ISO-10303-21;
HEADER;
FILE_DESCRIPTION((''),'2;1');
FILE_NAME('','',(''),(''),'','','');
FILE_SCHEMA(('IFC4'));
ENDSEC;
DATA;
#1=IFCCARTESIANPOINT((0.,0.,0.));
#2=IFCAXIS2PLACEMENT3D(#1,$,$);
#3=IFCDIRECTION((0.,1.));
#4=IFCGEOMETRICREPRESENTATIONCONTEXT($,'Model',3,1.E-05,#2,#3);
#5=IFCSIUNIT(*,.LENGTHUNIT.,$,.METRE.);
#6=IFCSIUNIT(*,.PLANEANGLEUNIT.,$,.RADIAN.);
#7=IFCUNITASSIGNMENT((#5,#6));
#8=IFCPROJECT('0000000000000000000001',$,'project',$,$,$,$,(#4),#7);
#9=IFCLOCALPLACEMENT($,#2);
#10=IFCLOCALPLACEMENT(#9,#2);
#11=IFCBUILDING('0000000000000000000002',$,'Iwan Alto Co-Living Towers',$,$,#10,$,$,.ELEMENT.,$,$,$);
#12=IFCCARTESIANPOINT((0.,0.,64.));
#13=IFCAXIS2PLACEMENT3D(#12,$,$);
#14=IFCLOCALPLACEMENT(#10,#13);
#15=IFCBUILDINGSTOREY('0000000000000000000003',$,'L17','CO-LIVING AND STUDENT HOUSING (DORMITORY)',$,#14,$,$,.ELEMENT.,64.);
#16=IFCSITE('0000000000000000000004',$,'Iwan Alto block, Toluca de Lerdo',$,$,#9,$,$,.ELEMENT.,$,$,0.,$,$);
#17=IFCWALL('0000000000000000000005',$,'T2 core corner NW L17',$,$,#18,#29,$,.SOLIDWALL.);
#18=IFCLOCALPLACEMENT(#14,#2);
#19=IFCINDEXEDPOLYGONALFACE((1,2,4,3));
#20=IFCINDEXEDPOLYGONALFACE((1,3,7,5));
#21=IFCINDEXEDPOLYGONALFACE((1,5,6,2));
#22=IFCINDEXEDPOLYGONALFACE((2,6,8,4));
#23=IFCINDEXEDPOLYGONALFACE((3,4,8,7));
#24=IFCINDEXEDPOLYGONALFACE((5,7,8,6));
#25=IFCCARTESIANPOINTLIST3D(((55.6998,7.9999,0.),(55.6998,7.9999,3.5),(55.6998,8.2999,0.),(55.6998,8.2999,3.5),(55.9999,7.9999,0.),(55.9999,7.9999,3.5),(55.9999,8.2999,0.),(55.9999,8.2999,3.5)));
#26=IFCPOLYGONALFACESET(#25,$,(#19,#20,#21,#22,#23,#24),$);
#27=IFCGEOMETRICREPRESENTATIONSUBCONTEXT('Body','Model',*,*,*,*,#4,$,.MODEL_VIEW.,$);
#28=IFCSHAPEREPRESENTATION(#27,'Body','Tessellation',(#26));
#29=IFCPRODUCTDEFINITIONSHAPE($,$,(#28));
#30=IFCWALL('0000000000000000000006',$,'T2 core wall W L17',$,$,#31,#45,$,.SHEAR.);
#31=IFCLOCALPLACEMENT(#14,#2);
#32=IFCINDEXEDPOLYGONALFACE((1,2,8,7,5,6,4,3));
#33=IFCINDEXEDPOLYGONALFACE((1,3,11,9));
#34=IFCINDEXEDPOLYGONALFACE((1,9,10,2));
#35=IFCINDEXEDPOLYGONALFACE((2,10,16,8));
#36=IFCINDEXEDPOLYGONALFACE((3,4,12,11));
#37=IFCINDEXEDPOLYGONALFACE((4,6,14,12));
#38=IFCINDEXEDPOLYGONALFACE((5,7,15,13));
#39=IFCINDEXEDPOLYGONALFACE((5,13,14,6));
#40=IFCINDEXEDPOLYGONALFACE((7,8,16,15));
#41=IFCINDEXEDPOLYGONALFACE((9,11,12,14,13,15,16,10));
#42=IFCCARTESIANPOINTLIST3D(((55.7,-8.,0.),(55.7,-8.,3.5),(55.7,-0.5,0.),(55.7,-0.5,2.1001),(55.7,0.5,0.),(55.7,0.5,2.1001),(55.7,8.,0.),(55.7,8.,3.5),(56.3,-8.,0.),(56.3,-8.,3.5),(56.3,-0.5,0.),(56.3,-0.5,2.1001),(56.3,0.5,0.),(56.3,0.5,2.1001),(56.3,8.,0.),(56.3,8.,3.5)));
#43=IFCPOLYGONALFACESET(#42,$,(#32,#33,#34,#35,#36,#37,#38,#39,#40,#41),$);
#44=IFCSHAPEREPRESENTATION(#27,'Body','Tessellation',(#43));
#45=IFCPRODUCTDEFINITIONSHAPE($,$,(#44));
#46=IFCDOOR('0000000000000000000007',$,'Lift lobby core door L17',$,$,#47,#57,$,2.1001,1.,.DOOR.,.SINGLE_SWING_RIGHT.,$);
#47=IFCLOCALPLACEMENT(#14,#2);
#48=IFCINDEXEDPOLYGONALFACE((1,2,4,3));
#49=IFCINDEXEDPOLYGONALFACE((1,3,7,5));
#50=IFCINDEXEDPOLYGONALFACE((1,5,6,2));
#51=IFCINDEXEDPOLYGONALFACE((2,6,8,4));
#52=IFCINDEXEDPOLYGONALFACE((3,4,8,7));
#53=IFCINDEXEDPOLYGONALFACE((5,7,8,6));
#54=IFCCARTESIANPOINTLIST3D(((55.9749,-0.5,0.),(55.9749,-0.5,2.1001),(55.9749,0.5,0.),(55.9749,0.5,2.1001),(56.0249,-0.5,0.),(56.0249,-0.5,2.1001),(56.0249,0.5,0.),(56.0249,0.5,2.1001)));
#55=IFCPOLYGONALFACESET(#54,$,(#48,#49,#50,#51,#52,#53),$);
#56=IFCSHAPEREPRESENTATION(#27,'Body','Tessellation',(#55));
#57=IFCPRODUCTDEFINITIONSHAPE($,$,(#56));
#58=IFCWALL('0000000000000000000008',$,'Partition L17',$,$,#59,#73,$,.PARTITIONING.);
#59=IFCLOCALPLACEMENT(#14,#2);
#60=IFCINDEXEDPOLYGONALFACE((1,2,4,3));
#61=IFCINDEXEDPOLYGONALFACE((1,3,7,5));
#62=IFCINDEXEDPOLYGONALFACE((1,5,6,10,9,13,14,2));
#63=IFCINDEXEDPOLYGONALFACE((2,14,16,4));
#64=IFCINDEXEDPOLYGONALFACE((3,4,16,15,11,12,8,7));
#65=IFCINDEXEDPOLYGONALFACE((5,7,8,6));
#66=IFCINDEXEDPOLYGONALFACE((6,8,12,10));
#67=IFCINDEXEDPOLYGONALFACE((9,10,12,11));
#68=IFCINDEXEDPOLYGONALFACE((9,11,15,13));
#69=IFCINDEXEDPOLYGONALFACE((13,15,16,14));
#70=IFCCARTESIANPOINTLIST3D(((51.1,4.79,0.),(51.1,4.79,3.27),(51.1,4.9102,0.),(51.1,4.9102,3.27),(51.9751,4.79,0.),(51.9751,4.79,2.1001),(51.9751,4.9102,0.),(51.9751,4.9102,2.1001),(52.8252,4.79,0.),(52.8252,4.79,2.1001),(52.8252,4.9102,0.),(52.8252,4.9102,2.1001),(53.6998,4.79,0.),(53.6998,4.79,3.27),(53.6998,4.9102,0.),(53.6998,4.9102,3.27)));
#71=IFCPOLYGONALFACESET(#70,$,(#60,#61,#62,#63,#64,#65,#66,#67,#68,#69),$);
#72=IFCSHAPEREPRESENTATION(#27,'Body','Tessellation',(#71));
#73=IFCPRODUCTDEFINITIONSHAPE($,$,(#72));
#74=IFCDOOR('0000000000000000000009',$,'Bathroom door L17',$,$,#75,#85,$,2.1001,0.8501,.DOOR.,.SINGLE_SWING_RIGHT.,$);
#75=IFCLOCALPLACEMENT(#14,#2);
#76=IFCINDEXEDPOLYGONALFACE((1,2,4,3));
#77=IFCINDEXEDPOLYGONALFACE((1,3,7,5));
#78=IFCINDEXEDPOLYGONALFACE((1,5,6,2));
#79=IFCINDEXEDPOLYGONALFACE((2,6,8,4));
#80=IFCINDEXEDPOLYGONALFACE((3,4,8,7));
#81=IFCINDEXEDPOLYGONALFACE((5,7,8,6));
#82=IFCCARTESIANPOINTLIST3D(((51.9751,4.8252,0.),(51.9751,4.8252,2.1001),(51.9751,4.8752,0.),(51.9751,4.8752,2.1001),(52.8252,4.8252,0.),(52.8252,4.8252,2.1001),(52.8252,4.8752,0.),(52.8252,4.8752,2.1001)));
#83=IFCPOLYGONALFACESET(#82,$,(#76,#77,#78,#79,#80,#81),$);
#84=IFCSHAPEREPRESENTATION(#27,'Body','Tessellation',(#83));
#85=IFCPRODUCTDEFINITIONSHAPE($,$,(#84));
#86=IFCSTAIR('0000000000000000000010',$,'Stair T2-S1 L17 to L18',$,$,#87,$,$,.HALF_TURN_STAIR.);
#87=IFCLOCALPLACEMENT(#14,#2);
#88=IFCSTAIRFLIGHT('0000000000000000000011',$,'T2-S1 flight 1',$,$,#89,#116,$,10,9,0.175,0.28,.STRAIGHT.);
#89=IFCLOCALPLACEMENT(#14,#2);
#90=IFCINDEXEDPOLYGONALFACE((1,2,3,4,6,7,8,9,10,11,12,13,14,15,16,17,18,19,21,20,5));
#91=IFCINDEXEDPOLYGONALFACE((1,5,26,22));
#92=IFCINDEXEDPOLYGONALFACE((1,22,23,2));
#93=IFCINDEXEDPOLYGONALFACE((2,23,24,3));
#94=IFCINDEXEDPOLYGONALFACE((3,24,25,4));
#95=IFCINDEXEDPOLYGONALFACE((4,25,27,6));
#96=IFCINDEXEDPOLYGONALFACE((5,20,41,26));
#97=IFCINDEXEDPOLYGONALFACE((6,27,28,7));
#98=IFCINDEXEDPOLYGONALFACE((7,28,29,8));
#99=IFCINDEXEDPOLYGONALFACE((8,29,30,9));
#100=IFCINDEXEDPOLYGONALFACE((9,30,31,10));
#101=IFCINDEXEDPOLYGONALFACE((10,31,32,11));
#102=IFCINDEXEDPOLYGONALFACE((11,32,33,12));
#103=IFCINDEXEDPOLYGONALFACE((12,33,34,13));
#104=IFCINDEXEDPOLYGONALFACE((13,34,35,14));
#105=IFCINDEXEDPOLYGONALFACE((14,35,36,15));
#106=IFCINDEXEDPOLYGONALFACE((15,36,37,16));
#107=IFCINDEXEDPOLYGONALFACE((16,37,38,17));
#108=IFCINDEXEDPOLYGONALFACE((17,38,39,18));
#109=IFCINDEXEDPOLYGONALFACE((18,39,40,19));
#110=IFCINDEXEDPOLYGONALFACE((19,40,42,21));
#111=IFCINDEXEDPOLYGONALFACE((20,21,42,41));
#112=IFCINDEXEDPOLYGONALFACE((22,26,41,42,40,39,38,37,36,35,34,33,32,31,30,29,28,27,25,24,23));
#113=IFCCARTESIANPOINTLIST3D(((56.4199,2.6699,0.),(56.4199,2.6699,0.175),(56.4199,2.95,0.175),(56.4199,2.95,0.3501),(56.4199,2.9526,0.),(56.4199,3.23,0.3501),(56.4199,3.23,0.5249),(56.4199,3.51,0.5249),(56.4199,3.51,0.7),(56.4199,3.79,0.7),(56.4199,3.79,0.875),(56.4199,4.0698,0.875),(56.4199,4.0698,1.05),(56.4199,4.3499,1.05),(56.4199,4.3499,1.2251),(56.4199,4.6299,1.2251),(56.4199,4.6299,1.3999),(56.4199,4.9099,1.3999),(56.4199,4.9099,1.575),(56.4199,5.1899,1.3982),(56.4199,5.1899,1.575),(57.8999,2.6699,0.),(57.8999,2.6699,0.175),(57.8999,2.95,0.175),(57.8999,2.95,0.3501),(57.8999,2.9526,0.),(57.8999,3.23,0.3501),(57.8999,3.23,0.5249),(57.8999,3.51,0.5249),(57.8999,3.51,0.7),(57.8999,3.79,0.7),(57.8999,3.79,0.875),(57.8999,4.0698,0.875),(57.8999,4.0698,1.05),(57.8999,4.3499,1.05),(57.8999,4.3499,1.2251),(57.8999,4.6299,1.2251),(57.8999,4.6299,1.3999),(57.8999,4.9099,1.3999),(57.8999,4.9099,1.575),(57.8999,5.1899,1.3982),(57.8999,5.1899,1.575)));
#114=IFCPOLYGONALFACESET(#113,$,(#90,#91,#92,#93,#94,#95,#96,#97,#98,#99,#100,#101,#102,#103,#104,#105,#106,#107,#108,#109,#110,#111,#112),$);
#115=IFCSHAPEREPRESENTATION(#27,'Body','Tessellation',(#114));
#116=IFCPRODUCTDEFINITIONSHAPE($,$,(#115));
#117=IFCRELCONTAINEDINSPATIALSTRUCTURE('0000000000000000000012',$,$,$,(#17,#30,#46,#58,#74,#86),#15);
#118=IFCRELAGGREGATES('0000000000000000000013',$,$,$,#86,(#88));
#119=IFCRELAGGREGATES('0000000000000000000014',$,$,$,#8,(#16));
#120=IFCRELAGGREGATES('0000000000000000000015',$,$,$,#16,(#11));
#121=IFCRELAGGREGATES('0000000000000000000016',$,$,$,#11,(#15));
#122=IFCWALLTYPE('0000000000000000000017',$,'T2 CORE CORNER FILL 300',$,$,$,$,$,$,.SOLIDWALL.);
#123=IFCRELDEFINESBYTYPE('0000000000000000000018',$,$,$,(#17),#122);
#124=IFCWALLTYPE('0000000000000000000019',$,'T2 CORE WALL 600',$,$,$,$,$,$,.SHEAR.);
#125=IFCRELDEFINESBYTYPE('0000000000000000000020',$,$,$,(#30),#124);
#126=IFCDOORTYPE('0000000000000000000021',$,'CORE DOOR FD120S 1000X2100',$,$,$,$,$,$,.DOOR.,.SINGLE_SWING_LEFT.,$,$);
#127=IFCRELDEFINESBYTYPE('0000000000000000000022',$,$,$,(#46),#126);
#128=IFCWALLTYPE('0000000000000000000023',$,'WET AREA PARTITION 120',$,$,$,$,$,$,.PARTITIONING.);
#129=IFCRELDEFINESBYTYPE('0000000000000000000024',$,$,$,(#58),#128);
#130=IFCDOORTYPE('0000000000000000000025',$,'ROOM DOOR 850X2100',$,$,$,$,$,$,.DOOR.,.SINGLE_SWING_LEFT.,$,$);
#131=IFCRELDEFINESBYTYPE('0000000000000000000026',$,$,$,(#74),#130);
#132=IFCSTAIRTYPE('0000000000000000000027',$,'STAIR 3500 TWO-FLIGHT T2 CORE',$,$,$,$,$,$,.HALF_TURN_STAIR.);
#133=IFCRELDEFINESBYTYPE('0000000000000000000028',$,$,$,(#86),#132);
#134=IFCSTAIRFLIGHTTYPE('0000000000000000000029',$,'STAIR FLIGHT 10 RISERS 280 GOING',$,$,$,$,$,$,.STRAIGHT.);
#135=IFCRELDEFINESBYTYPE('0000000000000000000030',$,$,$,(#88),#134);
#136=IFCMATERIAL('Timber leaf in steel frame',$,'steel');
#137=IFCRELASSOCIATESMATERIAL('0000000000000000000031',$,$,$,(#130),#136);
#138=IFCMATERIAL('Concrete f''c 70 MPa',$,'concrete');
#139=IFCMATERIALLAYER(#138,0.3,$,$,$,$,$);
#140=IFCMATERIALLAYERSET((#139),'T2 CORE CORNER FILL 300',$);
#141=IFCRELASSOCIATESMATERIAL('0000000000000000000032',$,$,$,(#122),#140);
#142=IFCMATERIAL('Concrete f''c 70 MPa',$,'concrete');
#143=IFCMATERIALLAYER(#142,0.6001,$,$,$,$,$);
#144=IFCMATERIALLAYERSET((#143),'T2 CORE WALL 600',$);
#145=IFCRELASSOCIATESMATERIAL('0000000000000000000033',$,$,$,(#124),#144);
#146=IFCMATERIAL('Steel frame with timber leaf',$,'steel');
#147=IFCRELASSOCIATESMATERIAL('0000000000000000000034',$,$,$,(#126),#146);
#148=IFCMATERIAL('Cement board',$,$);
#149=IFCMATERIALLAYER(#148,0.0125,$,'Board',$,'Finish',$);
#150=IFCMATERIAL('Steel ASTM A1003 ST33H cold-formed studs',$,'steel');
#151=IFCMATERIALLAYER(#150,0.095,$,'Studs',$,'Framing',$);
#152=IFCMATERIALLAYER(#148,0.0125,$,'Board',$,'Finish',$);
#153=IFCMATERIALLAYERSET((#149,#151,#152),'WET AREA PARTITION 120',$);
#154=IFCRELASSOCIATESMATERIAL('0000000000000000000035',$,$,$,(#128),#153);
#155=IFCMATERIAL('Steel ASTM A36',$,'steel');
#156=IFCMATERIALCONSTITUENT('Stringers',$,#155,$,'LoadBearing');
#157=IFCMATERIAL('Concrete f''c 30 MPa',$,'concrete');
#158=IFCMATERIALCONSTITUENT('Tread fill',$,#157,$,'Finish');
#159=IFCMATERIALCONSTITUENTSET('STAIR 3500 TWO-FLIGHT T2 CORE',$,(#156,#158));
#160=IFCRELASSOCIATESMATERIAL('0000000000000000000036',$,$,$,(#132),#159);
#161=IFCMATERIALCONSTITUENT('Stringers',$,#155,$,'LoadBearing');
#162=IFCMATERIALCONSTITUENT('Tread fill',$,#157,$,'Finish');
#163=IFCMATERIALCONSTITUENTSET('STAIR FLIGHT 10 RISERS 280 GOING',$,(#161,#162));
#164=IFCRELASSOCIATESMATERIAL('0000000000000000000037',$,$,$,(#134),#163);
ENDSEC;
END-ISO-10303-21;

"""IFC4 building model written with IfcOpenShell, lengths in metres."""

from ifc_helpers import new_model, si_unit, direction, frame, frame_2d, origin, place, context, subcontext, project, spatial, polyline, rectangle, outline, extrude, material, layer, layer_set, constituent, constituent_set, type_object, element, fill, aggregate, save


model = new_model("IFC4")

# Units and contexts
model_context = context("Model", 3, precision=1e-05, world=origin(), true_north=direction((0.0, 1.0)))
body_context = subcontext(model_context, "Body", "Model", "MODEL_VIEW")
ifc_project = project(units=[si_unit("LENGTHUNIT", "METRE"), si_unit("PLANEANGLEUNIT", "RADIAN")], contexts=[model_context])

# Site, building, storey
site_placement = place(None, origin())
site = spatial("IfcSite", under=ifc_project, at=site_placement, Name="Iwan Alto block, Toluca de Lerdo", CompositionType="ELEMENT", RefElevation=0.0)
building_placement = place(site_placement, origin())
building = spatial("IfcBuilding", under=site, at=building_placement, Name="Iwan Alto Co-Living Towers", CompositionType="ELEMENT")
storey_placement = place(building_placement, frame((0.0, 0.0, 64.0)))
storey = spatial("IfcBuildingStorey", under=building, at=storey_placement, Name="L17", Description="CO-LIVING AND STUDENT HOUSING (DORMITORY)", CompositionType="ELEMENT", Elevation=64.0)

# Shared definitions
ifc_material_1 = material(Name="Steel ASTM A1003 ST33H cold-formed studs", Category="steel")

# Shared definitions
ifc_material_2 = material(Name="Timber leaf in steel frame", Category="steel")
door_type_1 = type_object("IfcDoorType", Name="ROOM DOOR 850X2100", OperationType="SINGLE_SWING_LEFT", PredefinedType="DOOR", material=ifc_material_2)

# Wall
ifc_material_3 = material(Name="Concrete f'c 70 MPa", Category="concrete")
ifc_layer_1 = layer(ifc_material_3, 0.3)
ifc_layer_set_1 = layer_set([ifc_layer_1], Name="T2 CORE CORNER FILL 300")
wall_type_1 = type_object("IfcWallType", Name="T2 CORE CORNER FILL 300", PredefinedType="SOLIDWALL", material=ifc_layer_set_1)
wall_1_placement = place(storey_placement, frame((55.7, 8.1499, 0.0), z_axis=(0.0, 0.0, 1.0), x_axis=(1.0, 0.0, 0.0)))
element("IfcWall", 1, at=wall_1_placement, inside=storey, type_object=wall_type_1, Name="T2 core corner NW L17", PredefinedType="SOLIDWALL", context=body_context, shape_type="SweptSolid", body=[
    extrude(rectangle(XDim=0.3, YDim=0.3, at=frame_2d((0.1499, 0.0))), origin(), (0.0, 0.0, 1.0), 3.5),
])

# Walls, openings, doors
ifc_material_4 = material(Name="Concrete f'c 70 MPa", Category="concrete")
ifc_layer_2 = layer(ifc_material_4, 0.6001)
ifc_layer_set_2 = layer_set([ifc_layer_2], Name="T2 CORE WALL 600")
wall_type_2 = type_object("IfcWallType", Name="T2 CORE WALL 600", PredefinedType="SHEAR", material=ifc_layer_set_2)
wall_2_placement = place(storey_placement, frame((56.0, 8.0, 0.0), z_axis=(0.0, 0.0, 1.0), x_axis=(0.0, -1.0, 0.0)))
wall_2 = element("IfcWall", 2, at=wall_2_placement, inside=storey, type_object=wall_type_2, Name="T2 core wall W L17", PredefinedType="SHEAR", context=body_context, shape_type="SweptSolid", body=[
    extrude(rectangle(XDim=16.0, YDim=0.6001, at=frame_2d((8.0, 0.0))), origin(), (0.0, 0.0, 1.0), 3.5),
])
opening_1_placement = place(wall_2_placement, frame((7.5, 0.0, 0.0)))
opening_1 = element("IfcOpeningElement", 3, at=opening_1_placement, cuts=wall_2, PredefinedType="OPENING", context=body_context, shape_type="SweptSolid", body=[
    extrude(rectangle(XDim=1.0, YDim=2.1001, at=frame_2d((0.5, 1.05))), frame((0.0, 0.3101, 0.0), z_axis=(0.0, -1.0, 0.0), x_axis=(1.0, 0.0, 0.0)), (0.0, 0.0, 1.0), 0.6201),
])
ifc_material_5 = material(Name="Steel frame with timber leaf", Category="steel")
door_type_2 = type_object("IfcDoorType", Name="CORE DOOR FD120S 1000X2100", OperationType="SINGLE_SWING_LEFT", PredefinedType="DOOR", material=ifc_material_5)
door_1_placement = place(opening_1_placement, origin())
door_1 = element("IfcDoor", 4, at=door_1_placement, inside=storey, type_object=door_type_2, Name="Lift lobby core door L17", OperationType="SINGLE_SWING_RIGHT", OverallHeight=2.1001, OverallWidth=1.0, PredefinedType="DOOR", context=body_context, shape_type="SweptSolid", body=[
    extrude(rectangle(XDim=1.0, YDim=2.1001, at=frame_2d((0.5, 1.05))), frame((0.0, 0.0249, 0.0), z_axis=(0.0, -1.0, 0.0), x_axis=(1.0, 0.0, 0.0)), (0.0, 0.0, 1.0), 0.05),
])
fill(opening_1, door_1)
ifc_material_6 = material(Name="Cement board")
ifc_layer_3 = layer(ifc_material_6, 0.0125, Name="Board", Category="Finish")
ifc_layer_4 = layer(ifc_material_1, 0.095, Name="Studs", Category="Framing")
ifc_layer_5 = layer(ifc_material_6, 0.0125, Name="Board", Category="Finish")
ifc_layer_set_3 = layer_set([ifc_layer_3, ifc_layer_4, ifc_layer_5], Name="WET AREA PARTITION 120")
wall_type_3 = type_object("IfcWallType", Name="WET AREA PARTITION 120", PredefinedType="PARTITIONING", material=ifc_layer_set_3)
wall_3_placement = place(storey_placement, frame((51.1001, 4.8501, 0.0), z_axis=(0.0, 0.0, 1.0), x_axis=(1.0, 0.0, 0.0)))
wall_3 = element("IfcWall", 5, at=wall_3_placement, inside=storey, type_object=wall_type_3, Name="Partition L17", PredefinedType="PARTITIONING", context=body_context, shape_type="SweptSolid", body=[
    extrude(rectangle(XDim=2.5999, YDim=0.1201, at=frame_2d((1.2998, 0.0))), origin(), (0.0, 0.0, 1.0), 3.27),
])
opening_2_placement = place(wall_3_placement, frame((0.875, 0.0, 0.0)))
opening_2 = element("IfcOpeningElement", 6, at=opening_2_placement, cuts=wall_3, PredefinedType="OPENING", context=body_context, shape_type="SweptSolid", body=[
    extrude(rectangle(XDim=0.8501, YDim=2.1001, at=frame_2d((0.425, 1.05))), frame((0.0, 0.0701, 0.0), z_axis=(0.0, -1.0, 0.0), x_axis=(1.0, 0.0, 0.0)), (0.0, 0.0, 1.0), 0.1401),
])
door_2_placement = place(opening_2_placement, frame((0.8501, 0.0, 0.0), z_axis=(0.0, 0.0, 1.0), x_axis=(-1.0, 0.0, 0.0)))
door_2 = element("IfcDoor", 7, at=door_2_placement, inside=storey, type_object=door_type_1, Name="Bathroom door L17", OperationType="SINGLE_SWING_RIGHT", OverallHeight=2.1001, OverallWidth=0.8501, PredefinedType="DOOR", context=body_context, shape_type="SweptSolid", body=[
    extrude(rectangle(XDim=0.8501, YDim=2.1001, at=frame_2d((0.425, 1.05))), frame((0.0, 0.0249, 0.0), z_axis=(0.0, -1.0, 0.0), x_axis=(1.0, 0.0, 0.0)), (0.0, 0.0, 1.0), 0.05),
])
fill(opening_2, door_2)

# Stair, stair flight
ifc_material_7 = material(Name="Steel ASTM A36", Category="steel")
ifc_constituent_1 = constituent(ifc_material_7, Name="Stringers", Category="LoadBearing")
ifc_material_8 = material(Name="Concrete f'c 30 MPa", Category="concrete")
ifc_constituent_2 = constituent(ifc_material_8, Name="Tread fill", Category="Finish")
ifc_constituent_set_1 = constituent_set(constituents=[ifc_constituent_1, ifc_constituent_2], Name="STAIR 3500 TWO-FLIGHT T2 CORE")
stair_type = type_object("IfcStairType", Name="STAIR 3500 TWO-FLIGHT T2 CORE", PredefinedType="HALF_TURN_STAIR", material=ifc_constituent_set_1)
stair_placement = place(storey_placement, origin())
stair = element("IfcStair", 8, at=stair_placement, inside=storey, type_object=stair_type, Name="Stair T2-S1 L17 to L18", PredefinedType="HALF_TURN_STAIR")
ifc_constituent_3 = constituent(ifc_material_7, Name="Stringers", Category="LoadBearing")
ifc_constituent_4 = constituent(ifc_material_8, Name="Tread fill", Category="Finish")
ifc_constituent_set_2 = constituent_set(constituents=[ifc_constituent_3, ifc_constituent_4], Name="STAIR FLIGHT 10 RISERS 280 GOING")
stair_flight_type = type_object("IfcStairFlightType", Name="STAIR FLIGHT 10 RISERS 280 GOING", PredefinedType="STRAIGHT", material=ifc_constituent_set_2)
stair_flight_placement = place(storey_placement, frame((57.1599, 2.6699, 0.0), z_axis=(0.0, 0.0, 1.0), x_axis=(0.0, 1.0, 0.0)))
stair_flight = element("IfcStairFlight", 9, at=stair_flight_placement, type_object=stair_flight_type, Name="T2-S1 flight 1", NumberOfRisers=10, NumberOfTreads=9, PredefinedType="STRAIGHT", RiserHeight=0.175, TreadLength=0.28, context=body_context, shape_type="SweptSolid", body=[
    extrude(outline(polyline([(0.0, 0.0), (0.0, 0.175), (0.28, 0.175), (0.28, 0.3501), (0.5601, 0.3501), (0.5601, 0.5249), (0.8401, 0.5249), (0.8401, 0.7), (1.1201, 0.7), (1.1201, 0.875), (1.3999, 0.875), (1.3999, 1.05), (1.6799, 1.05), (1.6799, 1.2251), (1.96, 1.2251), (1.96, 1.3999), (2.24, 1.3999), (2.24, 1.575), (2.52, 1.575), (2.52, 1.75), (2.52, 1.3982), (0.2827, 0.0), (0.0, 0.0)])), frame((0.0, 0.74, 0.0), z_axis=(0.0, -1.0, 0.0), x_axis=(1.0, 0.0, 0.0)), (0.0, 0.0, 1.0), 1.48),
])
aggregate(stair, [stair_flight])

save(model, "model.ifc")
